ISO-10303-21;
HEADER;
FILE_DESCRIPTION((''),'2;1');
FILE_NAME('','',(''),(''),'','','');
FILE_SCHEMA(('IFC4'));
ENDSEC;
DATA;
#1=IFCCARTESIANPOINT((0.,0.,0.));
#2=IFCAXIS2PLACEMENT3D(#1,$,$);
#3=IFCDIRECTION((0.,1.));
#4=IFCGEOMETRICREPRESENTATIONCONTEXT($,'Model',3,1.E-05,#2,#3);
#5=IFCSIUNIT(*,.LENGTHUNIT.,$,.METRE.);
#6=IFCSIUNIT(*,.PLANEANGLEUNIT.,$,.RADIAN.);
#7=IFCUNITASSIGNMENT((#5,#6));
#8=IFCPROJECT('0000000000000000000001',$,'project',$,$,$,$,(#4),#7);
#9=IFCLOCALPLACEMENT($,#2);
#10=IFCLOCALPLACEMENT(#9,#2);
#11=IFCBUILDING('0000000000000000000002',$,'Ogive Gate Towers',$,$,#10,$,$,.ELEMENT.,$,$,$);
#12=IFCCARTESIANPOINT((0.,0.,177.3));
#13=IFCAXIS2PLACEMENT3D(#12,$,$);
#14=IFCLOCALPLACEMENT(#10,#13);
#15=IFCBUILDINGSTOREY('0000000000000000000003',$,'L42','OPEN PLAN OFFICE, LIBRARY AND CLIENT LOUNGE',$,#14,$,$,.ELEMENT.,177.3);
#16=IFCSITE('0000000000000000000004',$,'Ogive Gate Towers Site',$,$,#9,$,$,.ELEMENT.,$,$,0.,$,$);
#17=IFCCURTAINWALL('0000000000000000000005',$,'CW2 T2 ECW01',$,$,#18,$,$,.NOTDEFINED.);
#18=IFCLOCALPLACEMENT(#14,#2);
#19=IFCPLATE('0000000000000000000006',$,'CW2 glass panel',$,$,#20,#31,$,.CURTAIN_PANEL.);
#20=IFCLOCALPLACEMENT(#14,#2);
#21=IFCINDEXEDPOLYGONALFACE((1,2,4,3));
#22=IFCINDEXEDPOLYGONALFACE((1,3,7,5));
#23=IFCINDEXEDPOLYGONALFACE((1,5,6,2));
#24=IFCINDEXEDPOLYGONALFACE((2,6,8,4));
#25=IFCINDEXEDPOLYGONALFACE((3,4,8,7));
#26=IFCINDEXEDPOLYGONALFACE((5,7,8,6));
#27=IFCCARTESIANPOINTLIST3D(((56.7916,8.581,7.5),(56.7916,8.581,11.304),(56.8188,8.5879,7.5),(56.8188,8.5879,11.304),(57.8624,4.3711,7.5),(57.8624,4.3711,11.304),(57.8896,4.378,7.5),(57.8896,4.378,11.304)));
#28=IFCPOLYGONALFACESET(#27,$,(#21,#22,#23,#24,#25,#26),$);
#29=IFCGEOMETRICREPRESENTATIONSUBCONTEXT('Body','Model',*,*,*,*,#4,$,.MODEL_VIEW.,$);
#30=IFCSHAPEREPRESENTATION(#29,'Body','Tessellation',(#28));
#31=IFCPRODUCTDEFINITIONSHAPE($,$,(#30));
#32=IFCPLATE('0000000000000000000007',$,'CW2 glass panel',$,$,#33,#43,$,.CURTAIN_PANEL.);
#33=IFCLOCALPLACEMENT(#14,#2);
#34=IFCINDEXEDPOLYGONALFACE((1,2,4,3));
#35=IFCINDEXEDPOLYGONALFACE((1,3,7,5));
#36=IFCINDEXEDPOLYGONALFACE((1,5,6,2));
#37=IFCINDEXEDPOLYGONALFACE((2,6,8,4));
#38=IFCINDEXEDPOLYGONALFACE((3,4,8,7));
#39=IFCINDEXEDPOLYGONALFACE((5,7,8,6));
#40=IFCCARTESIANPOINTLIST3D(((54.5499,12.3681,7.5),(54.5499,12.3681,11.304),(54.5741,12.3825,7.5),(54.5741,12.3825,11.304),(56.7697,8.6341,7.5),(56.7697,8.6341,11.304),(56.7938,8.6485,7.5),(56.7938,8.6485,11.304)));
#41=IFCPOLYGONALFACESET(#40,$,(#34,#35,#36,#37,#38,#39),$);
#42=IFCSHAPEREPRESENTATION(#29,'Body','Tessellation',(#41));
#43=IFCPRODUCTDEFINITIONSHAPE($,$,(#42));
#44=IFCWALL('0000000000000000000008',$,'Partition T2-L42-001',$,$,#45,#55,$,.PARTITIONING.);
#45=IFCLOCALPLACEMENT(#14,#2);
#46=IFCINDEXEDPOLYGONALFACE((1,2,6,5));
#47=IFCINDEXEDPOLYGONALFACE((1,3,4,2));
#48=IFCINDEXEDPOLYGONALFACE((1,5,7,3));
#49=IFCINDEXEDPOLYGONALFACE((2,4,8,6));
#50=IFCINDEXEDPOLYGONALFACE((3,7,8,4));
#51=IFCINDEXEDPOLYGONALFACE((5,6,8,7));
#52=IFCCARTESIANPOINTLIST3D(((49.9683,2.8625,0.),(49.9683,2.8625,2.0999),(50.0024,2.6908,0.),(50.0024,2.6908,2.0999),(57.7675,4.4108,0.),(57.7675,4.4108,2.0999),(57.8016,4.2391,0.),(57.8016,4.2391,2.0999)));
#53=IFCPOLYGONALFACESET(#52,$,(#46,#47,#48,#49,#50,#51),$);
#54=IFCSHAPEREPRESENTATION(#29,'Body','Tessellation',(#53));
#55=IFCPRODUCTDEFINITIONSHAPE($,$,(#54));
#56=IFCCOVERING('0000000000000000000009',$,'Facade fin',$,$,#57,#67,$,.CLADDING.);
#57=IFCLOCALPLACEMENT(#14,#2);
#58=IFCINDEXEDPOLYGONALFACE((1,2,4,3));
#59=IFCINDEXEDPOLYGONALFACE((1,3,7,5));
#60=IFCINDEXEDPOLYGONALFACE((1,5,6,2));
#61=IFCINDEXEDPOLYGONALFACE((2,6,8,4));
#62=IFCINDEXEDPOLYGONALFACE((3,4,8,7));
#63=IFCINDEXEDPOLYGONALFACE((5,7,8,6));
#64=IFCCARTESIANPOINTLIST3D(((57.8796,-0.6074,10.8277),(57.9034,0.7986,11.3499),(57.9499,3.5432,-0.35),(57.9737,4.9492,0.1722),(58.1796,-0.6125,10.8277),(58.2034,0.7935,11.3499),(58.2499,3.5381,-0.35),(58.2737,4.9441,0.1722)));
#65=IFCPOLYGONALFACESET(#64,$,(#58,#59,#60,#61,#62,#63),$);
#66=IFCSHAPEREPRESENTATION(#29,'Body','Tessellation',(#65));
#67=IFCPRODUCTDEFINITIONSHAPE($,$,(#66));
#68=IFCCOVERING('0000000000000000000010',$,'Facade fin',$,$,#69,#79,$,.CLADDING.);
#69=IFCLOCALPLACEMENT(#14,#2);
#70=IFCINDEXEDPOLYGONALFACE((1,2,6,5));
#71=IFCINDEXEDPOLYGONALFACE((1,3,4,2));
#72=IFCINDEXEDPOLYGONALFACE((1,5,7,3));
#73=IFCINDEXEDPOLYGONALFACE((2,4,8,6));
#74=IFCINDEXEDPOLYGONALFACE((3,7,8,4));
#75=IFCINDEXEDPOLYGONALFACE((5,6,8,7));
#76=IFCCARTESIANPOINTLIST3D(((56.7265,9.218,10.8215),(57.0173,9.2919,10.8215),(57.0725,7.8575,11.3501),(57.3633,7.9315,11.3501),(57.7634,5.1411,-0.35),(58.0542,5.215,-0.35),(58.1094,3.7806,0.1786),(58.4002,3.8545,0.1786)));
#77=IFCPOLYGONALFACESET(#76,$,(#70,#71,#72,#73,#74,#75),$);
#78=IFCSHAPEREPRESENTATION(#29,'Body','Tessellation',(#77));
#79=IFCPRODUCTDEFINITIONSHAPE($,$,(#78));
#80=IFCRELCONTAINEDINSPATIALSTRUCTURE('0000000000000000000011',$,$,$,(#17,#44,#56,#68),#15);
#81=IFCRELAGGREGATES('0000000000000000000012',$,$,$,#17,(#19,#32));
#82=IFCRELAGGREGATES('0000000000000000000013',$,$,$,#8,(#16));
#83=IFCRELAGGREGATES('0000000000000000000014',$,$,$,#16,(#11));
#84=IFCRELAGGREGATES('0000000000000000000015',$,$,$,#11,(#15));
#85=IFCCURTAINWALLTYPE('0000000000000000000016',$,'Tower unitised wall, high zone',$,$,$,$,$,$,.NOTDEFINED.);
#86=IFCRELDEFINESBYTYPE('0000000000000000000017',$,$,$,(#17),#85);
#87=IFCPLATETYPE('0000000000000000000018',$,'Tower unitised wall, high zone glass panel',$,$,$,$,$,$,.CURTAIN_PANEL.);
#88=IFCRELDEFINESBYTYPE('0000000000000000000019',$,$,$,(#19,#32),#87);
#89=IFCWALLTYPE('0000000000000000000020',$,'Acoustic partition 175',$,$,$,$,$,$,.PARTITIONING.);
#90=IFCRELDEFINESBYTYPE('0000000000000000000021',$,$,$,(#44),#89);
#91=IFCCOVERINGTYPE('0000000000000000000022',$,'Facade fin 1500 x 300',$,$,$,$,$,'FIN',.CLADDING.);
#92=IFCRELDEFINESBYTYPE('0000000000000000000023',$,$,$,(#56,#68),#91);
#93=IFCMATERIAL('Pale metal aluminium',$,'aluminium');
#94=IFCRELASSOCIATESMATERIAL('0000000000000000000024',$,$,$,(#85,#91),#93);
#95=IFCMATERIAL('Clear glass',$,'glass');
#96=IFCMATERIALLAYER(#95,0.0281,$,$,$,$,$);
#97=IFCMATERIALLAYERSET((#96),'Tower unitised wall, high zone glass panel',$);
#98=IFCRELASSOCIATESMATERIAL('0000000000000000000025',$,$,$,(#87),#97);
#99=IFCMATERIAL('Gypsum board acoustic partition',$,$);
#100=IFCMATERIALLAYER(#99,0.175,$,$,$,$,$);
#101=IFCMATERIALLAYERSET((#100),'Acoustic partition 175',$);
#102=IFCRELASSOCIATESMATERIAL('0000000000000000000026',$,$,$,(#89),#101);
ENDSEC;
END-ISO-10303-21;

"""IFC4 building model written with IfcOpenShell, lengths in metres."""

from ifc_helpers import new_model, si_unit, direction, frame, frame_2d, origin, origin_2d, place, context, subcontext, project, spatial, rectangle, extrude, material, layer, layer_set, material_profile, profile_set, type_object, element, aggregate, save


model = new_model("IFC4")

# Units and contexts
model_context = context("Model", 3, precision=1e-05, world=origin(), true_north=direction((0.0, 1.0)))
body_context = subcontext(model_context, "Body", "Model", "MODEL_VIEW")
ifc_project = project(units=[si_unit("LENGTHUNIT", "METRE"), si_unit("PLANEANGLEUNIT", "RADIAN")], contexts=[model_context])

# Site, building, storey
site_placement = place(None, origin())
site = spatial("IfcSite", under=ifc_project, at=site_placement, Name="Ogive Gate Towers Site", CompositionType="ELEMENT", RefElevation=0.0)
building_placement = place(site_placement, origin())
building = spatial("IfcBuilding", under=site, at=building_placement, Name="Ogive Gate Towers", CompositionType="ELEMENT")
storey_placement = place(building_placement, frame((0.0, 0.0, 177.3)))
storey = spatial("IfcBuildingStorey", under=building, at=storey_placement, Name="L42", Description="OPEN PLAN OFFICE, LIBRARY AND CLIENT LOUNGE", CompositionType="ELEMENT", Elevation=177.3)

# Curtain wall, plates
ifc_material_1 = material(Name="Pale metal aluminium", Category="aluminium")
curtain_wall_type = type_object("IfcCurtainWallType", Name="Tower unitised wall, high zone", PredefinedType="NOTDEFINED", material=ifc_material_1)
curtain_wall_placement = place(storey_placement, origin())
curtain_wall = element("IfcCurtainWall", 1, at=curtain_wall_placement, inside=storey, type_object=curtain_wall_type, Name="CW2 T2 ECW01", PredefinedType="NOTDEFINED")
ifc_material_2 = material(Name="Clear glass", Category="glass")
ifc_layer_1 = layer(ifc_material_2, 0.0281)
ifc_layer_set_1 = layer_set([ifc_layer_1], Name="Tower unitised wall, high zone glass panel")
plate_type = type_object("IfcPlateType", Name="Tower unitised wall, high zone glass panel", PredefinedType="CURTAIN_PANEL", material=ifc_layer_set_1)
plate_1_placement = place(storey_placement, frame((57.3406, 6.4795, 7.5), z_axis=(0.0, 0.0, 1.0), x_axis=(-0.246492, 0.969145, 0.0)))
plate_1 = element("IfcPlate", 2, at=plate_1_placement, type_object=plate_type, Name="CW2 glass panel", PredefinedType="CURTAIN_PANEL", context=body_context, shape_type="SweptSolid", body=[
    extrude(rectangle(XDim=4.344, YDim=0.0281, at=origin_2d()), origin(), (0.0, 0.0, 1.0), 3.804),
])
plate_2_placement = place(storey_placement, frame((55.6719, 10.5083, 7.5), z_axis=(0.0, 0.0, 1.0), x_axis=(-0.510993, 0.859585, 0.0)))
plate_2 = element("IfcPlate", 3, at=plate_2_placement, type_object=plate_type, Name="CW2 glass panel", PredefinedType="CURTAIN_PANEL", context=body_context, shape_type="SweptSolid", body=[
    extrude(rectangle(XDim=4.344, YDim=0.0281, at=origin_2d()), origin(), (0.0, 0.0, 1.0), 3.804),
])
aggregate(curtain_wall, [plate_1, plate_2])

# Wall
ifc_material_3 = material(Name="Gypsum board acoustic partition")
ifc_layer_2 = layer(ifc_material_3, 0.175)
ifc_layer_set_2 = layer_set([ifc_layer_2], Name="Acoustic partition 175")
wall_type = type_object("IfcWallType", Name="Acoustic partition 175", PredefinedType="PARTITIONING", material=ifc_layer_set_2)
wall_placement = place(storey_placement, frame((57.7844, 4.325, 0.0), z_axis=(0.0, 0.0, 1.0), x_axis=(-0.980858, -0.194722, 0.0)))
element("IfcWall", 4, at=wall_placement, inside=storey, type_object=wall_type, Name="Partition T2-L42-001", PredefinedType="PARTITIONING", context=body_context, shape_type="SweptSolid", body=[
    extrude(rectangle(XDim=7.9514, YDim=0.175, at=frame_2d((3.9756, 0.0))), origin(), (0.0, 0.0, 1.0), 2.0999),
])

# Coverings
ifc_material_profile_1 = material_profile(ifc_material_1, rectangle(XDim=0.3, YDim=1.5, at=origin_2d()), Name="1500 x 300 pale metal aluminium")
ifc_profile_set_1 = profile_set([ifc_material_profile_1], Name="Pale metal aluminium")
covering_type = type_object("IfcCoveringType", Name="Facade fin 1500 x 300", ElementType="FIN", PredefinedType="CLADDING", material=ifc_profile_set_1)
covering_1_placement = place(storey_placement, frame((58.1118, 4.2437, -0.0889), z_axis=(-0.005897, -0.3481, 0.937439), x_axis=(0.999857, -0.016938, 0.0)))
element("IfcCovering", 5, at=covering_1_placement, inside=storey, type_object=covering_type, Name="Facade fin", PredefinedType="CLADDING", context=body_context, shape_type="SweptSolid", body=[
    extrude(rectangle(XDim=0.3, YDim=1.5, at=origin_2d()), origin(), (0.0, 0.0, 1.0), 11.9236),
])
covering_2_placement = place(storey_placement, frame((58.0818, 4.4978, -0.0857), z_axis=(-0.08686, 0.34153, 0.935849), x_axis=(-0.969148, -0.24648, 0.0)))
element("IfcCovering", 6, at=covering_2_placement, inside=storey, type_object=covering_type, Name="Facade fin", PredefinedType="CLADDING", context=body_context, shape_type="SweptSolid", body=[
    extrude(rectangle(XDim=0.3, YDim=1.5, at=origin_2d()), origin(), (0.0, 0.0, 1.0), 11.9373),
])

save(model, "model.ifc")
